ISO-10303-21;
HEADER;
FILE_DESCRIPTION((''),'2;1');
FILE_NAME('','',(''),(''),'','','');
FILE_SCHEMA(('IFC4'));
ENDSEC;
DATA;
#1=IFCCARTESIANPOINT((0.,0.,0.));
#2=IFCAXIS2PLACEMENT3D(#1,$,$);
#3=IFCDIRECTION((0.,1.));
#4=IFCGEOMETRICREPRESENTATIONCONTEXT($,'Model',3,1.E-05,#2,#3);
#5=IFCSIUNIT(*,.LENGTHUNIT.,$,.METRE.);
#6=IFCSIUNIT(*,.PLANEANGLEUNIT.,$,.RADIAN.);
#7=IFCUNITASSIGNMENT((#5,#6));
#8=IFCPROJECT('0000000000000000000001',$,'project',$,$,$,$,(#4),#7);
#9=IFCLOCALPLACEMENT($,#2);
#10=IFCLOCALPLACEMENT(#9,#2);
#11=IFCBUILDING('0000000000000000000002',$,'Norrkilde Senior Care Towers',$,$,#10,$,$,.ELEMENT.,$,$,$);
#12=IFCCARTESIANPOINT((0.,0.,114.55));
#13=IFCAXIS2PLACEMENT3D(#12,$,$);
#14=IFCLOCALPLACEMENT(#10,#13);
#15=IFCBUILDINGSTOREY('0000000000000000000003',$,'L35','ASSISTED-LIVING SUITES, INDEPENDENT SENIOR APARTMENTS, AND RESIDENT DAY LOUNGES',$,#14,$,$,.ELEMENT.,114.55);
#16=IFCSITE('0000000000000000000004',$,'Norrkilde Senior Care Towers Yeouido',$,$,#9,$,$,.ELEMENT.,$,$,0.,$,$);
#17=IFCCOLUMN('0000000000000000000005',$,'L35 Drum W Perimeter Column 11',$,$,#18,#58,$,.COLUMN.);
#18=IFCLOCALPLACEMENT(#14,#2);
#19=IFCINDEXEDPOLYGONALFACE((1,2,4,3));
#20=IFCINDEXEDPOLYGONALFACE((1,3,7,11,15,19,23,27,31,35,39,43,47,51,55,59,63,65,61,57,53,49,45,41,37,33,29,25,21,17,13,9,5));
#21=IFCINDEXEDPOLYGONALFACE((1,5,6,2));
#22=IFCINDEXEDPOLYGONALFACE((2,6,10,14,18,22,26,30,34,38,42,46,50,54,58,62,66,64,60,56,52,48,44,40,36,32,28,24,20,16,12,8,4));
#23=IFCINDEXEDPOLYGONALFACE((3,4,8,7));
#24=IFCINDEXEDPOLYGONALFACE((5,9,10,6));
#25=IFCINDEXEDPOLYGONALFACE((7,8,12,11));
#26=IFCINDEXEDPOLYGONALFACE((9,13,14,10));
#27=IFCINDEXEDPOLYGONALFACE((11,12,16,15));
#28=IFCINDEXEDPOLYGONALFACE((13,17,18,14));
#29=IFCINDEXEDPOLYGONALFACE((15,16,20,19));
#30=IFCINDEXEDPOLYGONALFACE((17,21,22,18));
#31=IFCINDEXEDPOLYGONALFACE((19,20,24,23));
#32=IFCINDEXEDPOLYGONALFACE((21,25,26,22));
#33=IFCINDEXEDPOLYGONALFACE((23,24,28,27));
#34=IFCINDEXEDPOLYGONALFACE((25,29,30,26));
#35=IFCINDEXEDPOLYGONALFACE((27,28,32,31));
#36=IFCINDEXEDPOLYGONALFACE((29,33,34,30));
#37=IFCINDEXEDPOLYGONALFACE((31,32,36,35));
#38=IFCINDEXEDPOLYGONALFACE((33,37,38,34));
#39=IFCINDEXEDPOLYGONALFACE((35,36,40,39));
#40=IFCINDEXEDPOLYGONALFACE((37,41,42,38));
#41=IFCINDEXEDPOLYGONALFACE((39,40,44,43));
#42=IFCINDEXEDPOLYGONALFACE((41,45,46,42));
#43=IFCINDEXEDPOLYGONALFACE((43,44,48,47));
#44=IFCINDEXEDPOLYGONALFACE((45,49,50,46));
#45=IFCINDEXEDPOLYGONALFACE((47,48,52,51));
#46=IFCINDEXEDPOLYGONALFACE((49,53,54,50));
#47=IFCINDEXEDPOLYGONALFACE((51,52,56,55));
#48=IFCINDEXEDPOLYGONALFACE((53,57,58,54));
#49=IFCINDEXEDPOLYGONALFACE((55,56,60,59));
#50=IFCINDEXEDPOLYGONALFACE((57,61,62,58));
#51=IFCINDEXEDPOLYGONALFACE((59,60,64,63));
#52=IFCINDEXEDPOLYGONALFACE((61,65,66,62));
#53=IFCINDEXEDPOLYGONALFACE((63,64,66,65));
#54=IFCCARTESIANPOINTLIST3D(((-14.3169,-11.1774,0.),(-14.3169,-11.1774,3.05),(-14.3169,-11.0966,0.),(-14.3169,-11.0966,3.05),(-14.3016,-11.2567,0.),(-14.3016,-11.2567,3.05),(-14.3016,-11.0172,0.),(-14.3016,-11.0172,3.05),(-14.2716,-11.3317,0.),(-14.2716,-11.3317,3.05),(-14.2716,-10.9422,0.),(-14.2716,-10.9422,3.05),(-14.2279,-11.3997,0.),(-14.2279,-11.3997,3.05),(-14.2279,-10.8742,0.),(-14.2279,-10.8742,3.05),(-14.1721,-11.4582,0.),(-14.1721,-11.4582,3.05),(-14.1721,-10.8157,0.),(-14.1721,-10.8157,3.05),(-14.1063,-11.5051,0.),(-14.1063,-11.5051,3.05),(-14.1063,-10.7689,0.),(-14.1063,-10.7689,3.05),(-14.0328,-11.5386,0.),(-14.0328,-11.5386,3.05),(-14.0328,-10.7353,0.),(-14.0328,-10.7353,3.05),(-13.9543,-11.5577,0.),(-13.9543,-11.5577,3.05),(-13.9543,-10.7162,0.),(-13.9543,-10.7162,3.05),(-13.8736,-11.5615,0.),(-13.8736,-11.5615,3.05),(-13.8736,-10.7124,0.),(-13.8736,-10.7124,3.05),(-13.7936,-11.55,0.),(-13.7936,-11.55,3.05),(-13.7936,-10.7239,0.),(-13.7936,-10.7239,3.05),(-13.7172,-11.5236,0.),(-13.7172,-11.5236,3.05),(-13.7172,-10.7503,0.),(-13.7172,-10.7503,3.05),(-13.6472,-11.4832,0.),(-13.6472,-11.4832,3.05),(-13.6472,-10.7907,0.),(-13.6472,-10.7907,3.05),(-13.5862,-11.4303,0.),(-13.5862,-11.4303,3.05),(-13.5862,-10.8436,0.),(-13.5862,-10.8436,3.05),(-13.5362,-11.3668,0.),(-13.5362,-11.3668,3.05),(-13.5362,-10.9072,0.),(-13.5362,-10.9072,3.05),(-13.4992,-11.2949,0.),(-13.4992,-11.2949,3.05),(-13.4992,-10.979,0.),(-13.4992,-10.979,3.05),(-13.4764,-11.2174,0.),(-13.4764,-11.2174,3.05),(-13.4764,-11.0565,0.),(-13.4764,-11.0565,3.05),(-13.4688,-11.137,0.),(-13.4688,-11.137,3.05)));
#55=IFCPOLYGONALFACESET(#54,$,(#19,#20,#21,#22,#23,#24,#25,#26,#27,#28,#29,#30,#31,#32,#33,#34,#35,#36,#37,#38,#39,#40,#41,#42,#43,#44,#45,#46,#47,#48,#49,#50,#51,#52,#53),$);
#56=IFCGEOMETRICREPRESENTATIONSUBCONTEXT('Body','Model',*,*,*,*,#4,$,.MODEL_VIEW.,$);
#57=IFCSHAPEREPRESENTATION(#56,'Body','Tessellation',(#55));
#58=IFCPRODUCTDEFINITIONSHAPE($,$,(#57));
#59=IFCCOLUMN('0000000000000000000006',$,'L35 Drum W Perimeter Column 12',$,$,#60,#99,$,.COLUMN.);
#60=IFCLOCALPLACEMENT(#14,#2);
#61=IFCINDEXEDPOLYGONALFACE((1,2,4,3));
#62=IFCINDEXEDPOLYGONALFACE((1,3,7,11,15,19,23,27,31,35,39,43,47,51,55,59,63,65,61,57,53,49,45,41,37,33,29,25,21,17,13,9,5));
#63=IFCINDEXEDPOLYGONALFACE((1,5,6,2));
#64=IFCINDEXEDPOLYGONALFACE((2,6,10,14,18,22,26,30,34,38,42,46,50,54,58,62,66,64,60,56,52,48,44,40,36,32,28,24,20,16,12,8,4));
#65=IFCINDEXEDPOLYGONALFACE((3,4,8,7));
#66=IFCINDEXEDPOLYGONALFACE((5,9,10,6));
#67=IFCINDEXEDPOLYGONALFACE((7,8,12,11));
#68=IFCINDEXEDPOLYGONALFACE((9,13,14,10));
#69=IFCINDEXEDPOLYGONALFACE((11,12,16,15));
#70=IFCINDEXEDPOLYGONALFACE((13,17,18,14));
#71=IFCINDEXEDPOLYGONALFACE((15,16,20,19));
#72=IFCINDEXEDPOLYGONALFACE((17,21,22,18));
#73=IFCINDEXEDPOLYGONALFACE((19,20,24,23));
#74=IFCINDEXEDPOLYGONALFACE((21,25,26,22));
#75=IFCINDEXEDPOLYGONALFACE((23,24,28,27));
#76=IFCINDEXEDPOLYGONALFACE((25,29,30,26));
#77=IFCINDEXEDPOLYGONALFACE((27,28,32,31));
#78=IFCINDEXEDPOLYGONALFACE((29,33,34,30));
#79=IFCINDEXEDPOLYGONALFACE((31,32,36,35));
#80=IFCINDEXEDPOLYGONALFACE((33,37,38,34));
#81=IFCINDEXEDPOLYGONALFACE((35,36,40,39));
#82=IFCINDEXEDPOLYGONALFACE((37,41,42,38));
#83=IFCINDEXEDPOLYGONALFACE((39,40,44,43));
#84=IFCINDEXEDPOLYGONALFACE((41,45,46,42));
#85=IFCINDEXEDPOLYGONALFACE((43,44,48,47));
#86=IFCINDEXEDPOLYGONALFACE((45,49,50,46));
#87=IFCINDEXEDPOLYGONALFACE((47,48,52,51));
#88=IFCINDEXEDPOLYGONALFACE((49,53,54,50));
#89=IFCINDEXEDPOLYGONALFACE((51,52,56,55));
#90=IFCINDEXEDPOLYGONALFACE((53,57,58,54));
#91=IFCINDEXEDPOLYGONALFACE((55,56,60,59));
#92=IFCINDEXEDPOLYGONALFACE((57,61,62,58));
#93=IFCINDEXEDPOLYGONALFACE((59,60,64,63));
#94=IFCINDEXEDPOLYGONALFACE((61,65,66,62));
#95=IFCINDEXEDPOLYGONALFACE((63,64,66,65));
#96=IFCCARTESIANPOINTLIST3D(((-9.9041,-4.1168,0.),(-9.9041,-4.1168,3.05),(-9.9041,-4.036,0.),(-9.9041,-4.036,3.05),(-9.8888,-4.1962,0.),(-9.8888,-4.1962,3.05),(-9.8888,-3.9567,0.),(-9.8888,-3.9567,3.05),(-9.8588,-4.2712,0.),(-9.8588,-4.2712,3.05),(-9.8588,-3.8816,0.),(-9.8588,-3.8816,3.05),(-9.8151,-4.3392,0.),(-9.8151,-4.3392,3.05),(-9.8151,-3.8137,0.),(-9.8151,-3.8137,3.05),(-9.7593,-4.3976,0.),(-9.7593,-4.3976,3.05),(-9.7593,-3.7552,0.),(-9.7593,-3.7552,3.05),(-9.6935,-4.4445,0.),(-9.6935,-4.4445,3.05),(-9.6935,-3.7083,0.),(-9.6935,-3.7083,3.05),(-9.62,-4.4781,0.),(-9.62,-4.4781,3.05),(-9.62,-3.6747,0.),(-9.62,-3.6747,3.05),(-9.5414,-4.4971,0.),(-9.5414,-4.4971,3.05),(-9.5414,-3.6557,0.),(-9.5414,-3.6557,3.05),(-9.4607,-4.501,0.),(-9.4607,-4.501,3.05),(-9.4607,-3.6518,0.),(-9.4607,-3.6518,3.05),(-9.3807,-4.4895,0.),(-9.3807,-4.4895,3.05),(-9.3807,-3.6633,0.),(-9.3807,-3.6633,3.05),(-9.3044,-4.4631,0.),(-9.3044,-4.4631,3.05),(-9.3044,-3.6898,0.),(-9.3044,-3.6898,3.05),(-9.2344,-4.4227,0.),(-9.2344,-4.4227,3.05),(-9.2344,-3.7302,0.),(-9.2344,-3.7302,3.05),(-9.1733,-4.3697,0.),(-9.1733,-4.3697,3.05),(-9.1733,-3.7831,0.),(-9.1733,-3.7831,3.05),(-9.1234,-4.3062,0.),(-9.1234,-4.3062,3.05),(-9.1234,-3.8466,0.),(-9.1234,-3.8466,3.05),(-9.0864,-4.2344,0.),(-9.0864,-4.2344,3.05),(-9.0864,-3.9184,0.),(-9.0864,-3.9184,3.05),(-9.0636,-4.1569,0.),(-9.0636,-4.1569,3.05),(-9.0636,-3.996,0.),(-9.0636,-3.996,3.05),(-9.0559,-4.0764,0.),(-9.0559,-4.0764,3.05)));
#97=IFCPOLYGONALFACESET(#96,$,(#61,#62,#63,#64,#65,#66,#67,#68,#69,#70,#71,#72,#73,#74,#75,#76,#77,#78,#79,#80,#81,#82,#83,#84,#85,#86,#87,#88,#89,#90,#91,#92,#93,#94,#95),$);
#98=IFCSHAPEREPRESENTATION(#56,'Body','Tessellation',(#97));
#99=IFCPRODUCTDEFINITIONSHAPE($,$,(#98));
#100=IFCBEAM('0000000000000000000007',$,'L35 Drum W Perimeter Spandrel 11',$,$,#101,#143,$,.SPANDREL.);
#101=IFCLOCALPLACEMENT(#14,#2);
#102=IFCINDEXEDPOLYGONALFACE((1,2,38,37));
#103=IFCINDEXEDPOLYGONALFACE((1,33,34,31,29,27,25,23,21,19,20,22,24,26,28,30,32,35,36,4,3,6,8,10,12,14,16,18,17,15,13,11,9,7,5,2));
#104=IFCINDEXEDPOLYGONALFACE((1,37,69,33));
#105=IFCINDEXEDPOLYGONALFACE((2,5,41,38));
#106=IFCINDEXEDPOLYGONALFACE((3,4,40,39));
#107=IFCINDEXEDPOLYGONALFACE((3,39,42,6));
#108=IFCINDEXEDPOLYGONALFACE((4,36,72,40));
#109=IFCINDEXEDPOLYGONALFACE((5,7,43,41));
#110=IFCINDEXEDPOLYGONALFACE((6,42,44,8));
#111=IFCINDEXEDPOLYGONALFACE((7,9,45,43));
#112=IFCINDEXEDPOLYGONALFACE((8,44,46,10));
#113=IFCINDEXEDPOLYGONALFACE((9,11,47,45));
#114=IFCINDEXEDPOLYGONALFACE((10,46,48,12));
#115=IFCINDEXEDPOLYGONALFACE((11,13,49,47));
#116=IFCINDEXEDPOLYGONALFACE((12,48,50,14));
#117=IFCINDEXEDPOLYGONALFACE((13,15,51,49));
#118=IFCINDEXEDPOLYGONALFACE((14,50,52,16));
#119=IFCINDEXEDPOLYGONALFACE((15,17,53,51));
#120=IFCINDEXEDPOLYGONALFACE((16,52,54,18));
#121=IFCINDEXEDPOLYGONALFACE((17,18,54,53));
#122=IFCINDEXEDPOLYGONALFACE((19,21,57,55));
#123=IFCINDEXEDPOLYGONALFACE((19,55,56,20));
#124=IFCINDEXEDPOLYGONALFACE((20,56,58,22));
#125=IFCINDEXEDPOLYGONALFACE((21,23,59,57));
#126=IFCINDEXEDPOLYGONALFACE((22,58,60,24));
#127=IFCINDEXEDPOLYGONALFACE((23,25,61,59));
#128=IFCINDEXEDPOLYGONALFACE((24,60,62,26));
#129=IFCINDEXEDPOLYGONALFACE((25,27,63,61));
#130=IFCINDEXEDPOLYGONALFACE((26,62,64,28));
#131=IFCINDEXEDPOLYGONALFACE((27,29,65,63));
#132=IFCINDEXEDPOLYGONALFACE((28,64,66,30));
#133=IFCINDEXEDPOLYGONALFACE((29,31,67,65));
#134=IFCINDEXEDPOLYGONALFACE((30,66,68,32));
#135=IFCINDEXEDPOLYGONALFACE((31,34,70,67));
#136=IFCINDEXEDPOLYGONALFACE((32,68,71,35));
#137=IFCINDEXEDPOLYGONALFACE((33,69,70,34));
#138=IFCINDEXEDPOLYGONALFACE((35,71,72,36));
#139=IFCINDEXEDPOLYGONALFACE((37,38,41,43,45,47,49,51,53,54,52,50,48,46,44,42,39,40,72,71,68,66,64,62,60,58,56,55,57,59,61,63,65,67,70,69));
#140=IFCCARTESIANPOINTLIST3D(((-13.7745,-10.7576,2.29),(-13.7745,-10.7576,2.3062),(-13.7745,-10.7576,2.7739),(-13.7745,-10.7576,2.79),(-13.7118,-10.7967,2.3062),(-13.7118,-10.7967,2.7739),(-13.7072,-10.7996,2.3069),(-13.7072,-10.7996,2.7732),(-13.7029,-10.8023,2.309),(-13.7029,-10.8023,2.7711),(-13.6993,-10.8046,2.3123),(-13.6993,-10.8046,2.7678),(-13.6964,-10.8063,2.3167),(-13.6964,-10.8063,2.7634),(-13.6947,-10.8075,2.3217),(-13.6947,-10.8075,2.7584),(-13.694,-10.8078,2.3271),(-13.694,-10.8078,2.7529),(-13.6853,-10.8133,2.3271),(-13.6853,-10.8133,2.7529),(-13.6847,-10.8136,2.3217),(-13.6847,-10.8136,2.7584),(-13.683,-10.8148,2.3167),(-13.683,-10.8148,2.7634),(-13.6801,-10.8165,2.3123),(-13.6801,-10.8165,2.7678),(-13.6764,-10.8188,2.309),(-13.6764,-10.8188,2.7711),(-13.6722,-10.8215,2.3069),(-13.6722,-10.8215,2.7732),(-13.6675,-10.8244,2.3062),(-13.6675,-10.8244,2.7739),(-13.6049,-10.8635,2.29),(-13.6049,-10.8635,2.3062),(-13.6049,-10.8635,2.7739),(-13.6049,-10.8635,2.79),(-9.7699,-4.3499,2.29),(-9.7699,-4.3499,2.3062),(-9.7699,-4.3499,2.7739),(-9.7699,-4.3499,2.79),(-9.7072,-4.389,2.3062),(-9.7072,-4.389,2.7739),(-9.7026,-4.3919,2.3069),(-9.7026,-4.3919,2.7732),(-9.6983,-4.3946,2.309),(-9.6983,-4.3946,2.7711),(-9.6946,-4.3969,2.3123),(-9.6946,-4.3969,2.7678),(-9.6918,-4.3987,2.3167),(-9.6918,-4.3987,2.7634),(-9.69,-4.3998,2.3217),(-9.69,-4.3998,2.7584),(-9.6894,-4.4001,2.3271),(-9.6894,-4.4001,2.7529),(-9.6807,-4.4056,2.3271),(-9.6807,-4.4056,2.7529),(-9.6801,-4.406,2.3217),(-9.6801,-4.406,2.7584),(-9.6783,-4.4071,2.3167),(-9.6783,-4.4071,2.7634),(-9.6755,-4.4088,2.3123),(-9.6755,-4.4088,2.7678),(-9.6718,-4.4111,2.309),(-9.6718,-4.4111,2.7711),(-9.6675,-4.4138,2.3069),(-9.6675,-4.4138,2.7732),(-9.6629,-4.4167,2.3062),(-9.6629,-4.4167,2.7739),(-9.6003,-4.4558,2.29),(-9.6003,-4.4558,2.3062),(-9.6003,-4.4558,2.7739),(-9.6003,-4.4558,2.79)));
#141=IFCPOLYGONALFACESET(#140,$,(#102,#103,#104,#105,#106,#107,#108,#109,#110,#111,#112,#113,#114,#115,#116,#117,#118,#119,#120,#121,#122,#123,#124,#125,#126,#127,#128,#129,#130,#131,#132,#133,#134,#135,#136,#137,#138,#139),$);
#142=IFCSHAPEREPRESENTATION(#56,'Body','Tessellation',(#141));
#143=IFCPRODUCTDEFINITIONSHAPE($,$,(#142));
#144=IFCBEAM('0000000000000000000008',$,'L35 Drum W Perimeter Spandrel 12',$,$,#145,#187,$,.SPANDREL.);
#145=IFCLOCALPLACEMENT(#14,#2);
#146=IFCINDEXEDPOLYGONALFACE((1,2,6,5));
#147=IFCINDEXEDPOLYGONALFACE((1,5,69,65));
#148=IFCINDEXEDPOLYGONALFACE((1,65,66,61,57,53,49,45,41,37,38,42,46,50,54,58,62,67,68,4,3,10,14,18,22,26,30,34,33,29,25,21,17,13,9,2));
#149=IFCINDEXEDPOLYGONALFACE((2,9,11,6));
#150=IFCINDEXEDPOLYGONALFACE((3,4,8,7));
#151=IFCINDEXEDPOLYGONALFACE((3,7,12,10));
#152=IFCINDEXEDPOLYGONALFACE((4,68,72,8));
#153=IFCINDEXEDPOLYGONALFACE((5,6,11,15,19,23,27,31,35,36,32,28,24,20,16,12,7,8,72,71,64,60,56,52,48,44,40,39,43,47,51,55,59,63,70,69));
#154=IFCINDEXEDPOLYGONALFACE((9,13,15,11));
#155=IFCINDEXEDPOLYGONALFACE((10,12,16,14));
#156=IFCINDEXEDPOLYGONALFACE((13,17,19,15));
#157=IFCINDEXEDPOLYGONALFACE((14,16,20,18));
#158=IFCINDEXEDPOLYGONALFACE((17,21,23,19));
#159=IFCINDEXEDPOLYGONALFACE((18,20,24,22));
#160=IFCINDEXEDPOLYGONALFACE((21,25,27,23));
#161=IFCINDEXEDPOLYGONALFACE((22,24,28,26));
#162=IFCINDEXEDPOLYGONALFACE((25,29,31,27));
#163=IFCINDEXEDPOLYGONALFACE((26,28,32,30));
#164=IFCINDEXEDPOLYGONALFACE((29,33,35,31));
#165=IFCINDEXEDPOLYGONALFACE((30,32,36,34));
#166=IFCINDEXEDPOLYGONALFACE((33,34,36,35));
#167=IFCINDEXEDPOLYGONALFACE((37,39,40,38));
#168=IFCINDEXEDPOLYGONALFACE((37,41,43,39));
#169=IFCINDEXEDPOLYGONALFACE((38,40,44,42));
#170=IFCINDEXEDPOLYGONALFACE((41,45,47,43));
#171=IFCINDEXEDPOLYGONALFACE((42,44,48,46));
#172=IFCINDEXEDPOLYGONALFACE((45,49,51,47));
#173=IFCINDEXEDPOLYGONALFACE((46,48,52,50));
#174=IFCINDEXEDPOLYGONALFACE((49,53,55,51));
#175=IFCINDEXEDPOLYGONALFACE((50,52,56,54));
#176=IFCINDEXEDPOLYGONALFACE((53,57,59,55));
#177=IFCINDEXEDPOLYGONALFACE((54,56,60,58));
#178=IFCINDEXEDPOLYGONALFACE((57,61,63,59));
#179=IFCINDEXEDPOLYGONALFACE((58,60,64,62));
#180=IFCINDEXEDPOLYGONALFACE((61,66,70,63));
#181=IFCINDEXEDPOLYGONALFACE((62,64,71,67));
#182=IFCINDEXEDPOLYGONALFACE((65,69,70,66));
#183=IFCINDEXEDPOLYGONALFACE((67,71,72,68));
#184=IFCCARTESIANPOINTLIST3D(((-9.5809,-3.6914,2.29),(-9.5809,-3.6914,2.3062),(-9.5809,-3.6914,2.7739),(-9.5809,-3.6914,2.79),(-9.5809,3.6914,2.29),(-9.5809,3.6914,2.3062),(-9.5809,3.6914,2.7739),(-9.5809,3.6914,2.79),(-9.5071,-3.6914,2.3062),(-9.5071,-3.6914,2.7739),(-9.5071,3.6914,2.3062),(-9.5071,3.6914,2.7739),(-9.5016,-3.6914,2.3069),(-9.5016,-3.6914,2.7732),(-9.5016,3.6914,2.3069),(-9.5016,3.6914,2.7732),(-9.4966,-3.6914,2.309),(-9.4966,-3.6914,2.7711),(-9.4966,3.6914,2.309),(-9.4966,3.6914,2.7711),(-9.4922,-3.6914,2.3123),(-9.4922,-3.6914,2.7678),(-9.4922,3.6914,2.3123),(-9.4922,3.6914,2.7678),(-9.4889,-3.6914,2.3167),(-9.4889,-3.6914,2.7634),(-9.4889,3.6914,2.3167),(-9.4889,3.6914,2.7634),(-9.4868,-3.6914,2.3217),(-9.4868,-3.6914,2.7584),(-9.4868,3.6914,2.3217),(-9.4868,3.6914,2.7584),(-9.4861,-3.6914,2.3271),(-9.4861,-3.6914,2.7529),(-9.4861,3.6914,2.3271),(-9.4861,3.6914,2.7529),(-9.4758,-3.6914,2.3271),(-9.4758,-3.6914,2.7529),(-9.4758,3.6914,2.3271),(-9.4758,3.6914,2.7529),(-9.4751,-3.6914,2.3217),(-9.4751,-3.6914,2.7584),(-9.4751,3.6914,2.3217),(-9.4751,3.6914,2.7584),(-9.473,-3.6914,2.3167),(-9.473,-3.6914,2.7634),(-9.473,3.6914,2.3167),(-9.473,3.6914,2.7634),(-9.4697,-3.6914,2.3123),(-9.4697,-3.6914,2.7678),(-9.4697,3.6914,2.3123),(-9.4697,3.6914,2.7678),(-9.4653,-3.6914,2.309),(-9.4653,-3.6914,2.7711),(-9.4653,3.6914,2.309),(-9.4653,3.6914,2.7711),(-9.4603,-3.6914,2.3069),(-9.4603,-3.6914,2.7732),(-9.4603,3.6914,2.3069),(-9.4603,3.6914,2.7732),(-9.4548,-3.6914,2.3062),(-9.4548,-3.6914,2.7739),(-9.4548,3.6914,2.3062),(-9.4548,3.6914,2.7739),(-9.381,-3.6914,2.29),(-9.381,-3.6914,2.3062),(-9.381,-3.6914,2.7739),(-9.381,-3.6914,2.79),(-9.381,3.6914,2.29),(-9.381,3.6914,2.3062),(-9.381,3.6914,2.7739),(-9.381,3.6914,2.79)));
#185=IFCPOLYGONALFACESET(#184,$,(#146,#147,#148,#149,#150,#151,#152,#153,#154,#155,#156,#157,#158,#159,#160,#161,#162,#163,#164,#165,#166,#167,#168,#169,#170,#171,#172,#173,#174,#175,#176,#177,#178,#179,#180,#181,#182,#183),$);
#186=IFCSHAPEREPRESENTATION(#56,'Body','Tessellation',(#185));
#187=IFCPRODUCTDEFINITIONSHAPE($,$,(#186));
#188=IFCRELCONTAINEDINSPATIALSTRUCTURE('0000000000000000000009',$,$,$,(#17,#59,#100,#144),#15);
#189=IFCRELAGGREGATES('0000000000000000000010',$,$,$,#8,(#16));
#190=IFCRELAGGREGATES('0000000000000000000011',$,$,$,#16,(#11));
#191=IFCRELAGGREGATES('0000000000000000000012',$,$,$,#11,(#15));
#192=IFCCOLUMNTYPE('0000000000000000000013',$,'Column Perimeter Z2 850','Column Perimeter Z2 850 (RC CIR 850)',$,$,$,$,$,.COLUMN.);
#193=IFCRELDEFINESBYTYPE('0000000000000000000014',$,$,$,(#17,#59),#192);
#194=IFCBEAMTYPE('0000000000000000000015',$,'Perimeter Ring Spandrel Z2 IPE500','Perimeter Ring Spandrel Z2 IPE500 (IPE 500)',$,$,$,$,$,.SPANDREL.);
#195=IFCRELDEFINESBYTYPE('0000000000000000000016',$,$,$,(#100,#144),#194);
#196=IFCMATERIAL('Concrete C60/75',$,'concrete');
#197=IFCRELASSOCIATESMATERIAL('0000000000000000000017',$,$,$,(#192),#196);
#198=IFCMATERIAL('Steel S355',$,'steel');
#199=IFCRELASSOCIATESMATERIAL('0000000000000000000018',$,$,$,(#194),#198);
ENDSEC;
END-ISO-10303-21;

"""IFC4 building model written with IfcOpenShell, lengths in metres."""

from ifc_helpers import new_model, si_unit, direction, frame, origin, origin_2d, place, context, subcontext, project, spatial, circle, i_section, extrude, source, transform, mapped, material, material_profile, profile_set, type_object, type_shapes, element, save


model = new_model("IFC4")

# Units and contexts
model_context = context("Model", 3, precision=1e-05, world=origin(), true_north=direction((0.0, 1.0)))
body_context = subcontext(model_context, "Body", "Model", "MODEL_VIEW")
ifc_project = project(units=[si_unit("LENGTHUNIT", "METRE"), si_unit("PLANEANGLEUNIT", "RADIAN")], contexts=[model_context])

# Site, building, storey
site_placement = place(None, origin())
site = spatial("IfcSite", under=ifc_project, at=site_placement, Name="Norrkilde Senior Care Towers Yeouido", CompositionType="ELEMENT", RefElevation=0.0)
building_placement = place(site_placement, origin())
building = spatial("IfcBuilding", under=site, at=building_placement, Name="Norrkilde Senior Care Towers", CompositionType="ELEMENT")
storey_placement = place(building_placement, frame((0.0, 0.0, 114.55)))
storey = spatial("IfcBuildingStorey", under=building, at=storey_placement, Name="L35", Description="ASSISTED-LIVING SUITES, INDEPENDENT SENIOR APARTMENTS, AND RESIDENT DAY LOUNGES", CompositionType="ELEMENT", Elevation=114.55)

# Columns
ifc_material_1 = material(Name="Concrete C60/75", Category="concrete")
ifc_material_profile_1 = material_profile(ifc_material_1, circle(Radius=0.425, at=origin_2d()), Name="RC CIR 850")
ifc_profile_set_1 = profile_set([ifc_material_profile_1], Name="Concrete C60/75")
column_type = type_object("IfcColumnType", Name="Column Perimeter Z2 850", Description="Column Perimeter Z2 850 (RC CIR 850)", PredefinedType="COLUMN", material=ifc_profile_set_1)
shared_shape_1 = source(origin(), body_context, "Body", "SweptSolid", [
    extrude(circle(Radius=0.425, at=origin_2d()), origin(), (0.0, 0.0, 1.0), 3.05),
])
type_shapes(column_type, [shared_shape_1])
for number, where, z_axis, x_axis, name in (
    (1, (-13.8938, -11.137, 0.0), (0.0, 0.0, 1.0), (1.0, 0.0, 0.0), "L35 Drum W Perimeter Column 11"),
    (2, (-9.481, -4.0764, 0.0), (0.0, 0.0, 1.0), (1.0, 0.0, 0.0), "L35 Drum W Perimeter Column 12"),
):
    element("IfcColumn", number, at=place(storey_placement, frame(where, z_axis=z_axis, x_axis=x_axis)), inside=storey, type_object=column_type, Name=name, PredefinedType="COLUMN", context=body_context, shape_type="MappedRepresentation", body=[
        mapped(shared_shape_1, transform((0.0, 0.0, 0.0), x_axis=(1.0, 0.0, 0.0), y_axis=(0.0, 1.0, 0.0), z_axis=(0.0, 0.0, 1.0), scale=1.0)),
    ])

# Beams
ifc_material_2 = material(Name="Steel S355", Category="steel")
ifc_material_profile_2 = material_profile(ifc_material_2, i_section(OverallWidth=0.2, OverallDepth=0.5, WebThickness=0.0103, FlangeThickness=0.0161, FilletRadius=0.021, at=origin_2d()), Name="IPE 500")
ifc_profile_set_2 = profile_set([ifc_material_profile_2], Name="Steel S355")
beam_type_1 = type_object("IfcBeamType", Name="Perimeter Ring Spandrel Z2 IPE500", Description="Perimeter Ring Spandrel Z2 IPE500 (IPE 500)", PredefinedType="SPANDREL", material=ifc_profile_set_2)
shared_shape_2 = source(origin(), body_context, "Body", "SweptSolid", [
    extrude(i_section(OverallWidth=0.2, OverallDepth=0.5, WebThickness=0.0103, FlangeThickness=0.0161, FilletRadius=0.021, at=origin_2d()), origin(), (0.0, 0.0, 1.0), 7.5562),
])
beam_1_placement = place(storey_placement, frame((-13.6897, -10.8105, 2.54), z_axis=(0.529982, 0.848009, 0.0), x_axis=(-0.848009, 0.529982, 0.0)))
element("IfcBeam", 3, at=beam_1_placement, inside=storey, type_object=beam_type_1, Name="L35 Drum W Perimeter Spandrel 11", PredefinedType="SPANDREL", context=body_context, shape_type="MappedRepresentation", body=[
    mapped(shared_shape_2, transform((0.0, 0.0, 0.0), x_axis=(1.0, 0.0, 0.0), y_axis=(0.0, 1.0, 0.0), z_axis=(0.0, 0.0, 1.0), scale=1.0)),
])
shared_shape_3 = source(origin(), body_context, "Body", "SweptSolid", [
    extrude(i_section(OverallWidth=0.2, OverallDepth=0.5, WebThickness=0.0103, FlangeThickness=0.0161, FilletRadius=0.021, at=origin_2d()), origin(), (0.0, 0.0, 1.0), 7.3828),
])
type_shapes(beam_type_1, [shared_shape_2, shared_shape_3])
beam_2_placement = place(storey_placement, frame((-9.481, -3.6914, 2.54), z_axis=(0.0, 1.0, 0.0), x_axis=(-1.0, 0.0, 0.0)))
element("IfcBeam", 4, at=beam_2_placement, inside=storey, type_object=beam_type_1, Name="L35 Drum W Perimeter Spandrel 12", PredefinedType="SPANDREL", context=body_context, shape_type="MappedRepresentation", body=[
    mapped(shared_shape_3, transform((0.0, 0.0, 0.0), x_axis=(1.0, 0.0, 0.0), y_axis=(0.0, 1.0, 0.0), z_axis=(0.0, 0.0, 1.0), scale=1.0)),
])

save(model, "model.ifc")
